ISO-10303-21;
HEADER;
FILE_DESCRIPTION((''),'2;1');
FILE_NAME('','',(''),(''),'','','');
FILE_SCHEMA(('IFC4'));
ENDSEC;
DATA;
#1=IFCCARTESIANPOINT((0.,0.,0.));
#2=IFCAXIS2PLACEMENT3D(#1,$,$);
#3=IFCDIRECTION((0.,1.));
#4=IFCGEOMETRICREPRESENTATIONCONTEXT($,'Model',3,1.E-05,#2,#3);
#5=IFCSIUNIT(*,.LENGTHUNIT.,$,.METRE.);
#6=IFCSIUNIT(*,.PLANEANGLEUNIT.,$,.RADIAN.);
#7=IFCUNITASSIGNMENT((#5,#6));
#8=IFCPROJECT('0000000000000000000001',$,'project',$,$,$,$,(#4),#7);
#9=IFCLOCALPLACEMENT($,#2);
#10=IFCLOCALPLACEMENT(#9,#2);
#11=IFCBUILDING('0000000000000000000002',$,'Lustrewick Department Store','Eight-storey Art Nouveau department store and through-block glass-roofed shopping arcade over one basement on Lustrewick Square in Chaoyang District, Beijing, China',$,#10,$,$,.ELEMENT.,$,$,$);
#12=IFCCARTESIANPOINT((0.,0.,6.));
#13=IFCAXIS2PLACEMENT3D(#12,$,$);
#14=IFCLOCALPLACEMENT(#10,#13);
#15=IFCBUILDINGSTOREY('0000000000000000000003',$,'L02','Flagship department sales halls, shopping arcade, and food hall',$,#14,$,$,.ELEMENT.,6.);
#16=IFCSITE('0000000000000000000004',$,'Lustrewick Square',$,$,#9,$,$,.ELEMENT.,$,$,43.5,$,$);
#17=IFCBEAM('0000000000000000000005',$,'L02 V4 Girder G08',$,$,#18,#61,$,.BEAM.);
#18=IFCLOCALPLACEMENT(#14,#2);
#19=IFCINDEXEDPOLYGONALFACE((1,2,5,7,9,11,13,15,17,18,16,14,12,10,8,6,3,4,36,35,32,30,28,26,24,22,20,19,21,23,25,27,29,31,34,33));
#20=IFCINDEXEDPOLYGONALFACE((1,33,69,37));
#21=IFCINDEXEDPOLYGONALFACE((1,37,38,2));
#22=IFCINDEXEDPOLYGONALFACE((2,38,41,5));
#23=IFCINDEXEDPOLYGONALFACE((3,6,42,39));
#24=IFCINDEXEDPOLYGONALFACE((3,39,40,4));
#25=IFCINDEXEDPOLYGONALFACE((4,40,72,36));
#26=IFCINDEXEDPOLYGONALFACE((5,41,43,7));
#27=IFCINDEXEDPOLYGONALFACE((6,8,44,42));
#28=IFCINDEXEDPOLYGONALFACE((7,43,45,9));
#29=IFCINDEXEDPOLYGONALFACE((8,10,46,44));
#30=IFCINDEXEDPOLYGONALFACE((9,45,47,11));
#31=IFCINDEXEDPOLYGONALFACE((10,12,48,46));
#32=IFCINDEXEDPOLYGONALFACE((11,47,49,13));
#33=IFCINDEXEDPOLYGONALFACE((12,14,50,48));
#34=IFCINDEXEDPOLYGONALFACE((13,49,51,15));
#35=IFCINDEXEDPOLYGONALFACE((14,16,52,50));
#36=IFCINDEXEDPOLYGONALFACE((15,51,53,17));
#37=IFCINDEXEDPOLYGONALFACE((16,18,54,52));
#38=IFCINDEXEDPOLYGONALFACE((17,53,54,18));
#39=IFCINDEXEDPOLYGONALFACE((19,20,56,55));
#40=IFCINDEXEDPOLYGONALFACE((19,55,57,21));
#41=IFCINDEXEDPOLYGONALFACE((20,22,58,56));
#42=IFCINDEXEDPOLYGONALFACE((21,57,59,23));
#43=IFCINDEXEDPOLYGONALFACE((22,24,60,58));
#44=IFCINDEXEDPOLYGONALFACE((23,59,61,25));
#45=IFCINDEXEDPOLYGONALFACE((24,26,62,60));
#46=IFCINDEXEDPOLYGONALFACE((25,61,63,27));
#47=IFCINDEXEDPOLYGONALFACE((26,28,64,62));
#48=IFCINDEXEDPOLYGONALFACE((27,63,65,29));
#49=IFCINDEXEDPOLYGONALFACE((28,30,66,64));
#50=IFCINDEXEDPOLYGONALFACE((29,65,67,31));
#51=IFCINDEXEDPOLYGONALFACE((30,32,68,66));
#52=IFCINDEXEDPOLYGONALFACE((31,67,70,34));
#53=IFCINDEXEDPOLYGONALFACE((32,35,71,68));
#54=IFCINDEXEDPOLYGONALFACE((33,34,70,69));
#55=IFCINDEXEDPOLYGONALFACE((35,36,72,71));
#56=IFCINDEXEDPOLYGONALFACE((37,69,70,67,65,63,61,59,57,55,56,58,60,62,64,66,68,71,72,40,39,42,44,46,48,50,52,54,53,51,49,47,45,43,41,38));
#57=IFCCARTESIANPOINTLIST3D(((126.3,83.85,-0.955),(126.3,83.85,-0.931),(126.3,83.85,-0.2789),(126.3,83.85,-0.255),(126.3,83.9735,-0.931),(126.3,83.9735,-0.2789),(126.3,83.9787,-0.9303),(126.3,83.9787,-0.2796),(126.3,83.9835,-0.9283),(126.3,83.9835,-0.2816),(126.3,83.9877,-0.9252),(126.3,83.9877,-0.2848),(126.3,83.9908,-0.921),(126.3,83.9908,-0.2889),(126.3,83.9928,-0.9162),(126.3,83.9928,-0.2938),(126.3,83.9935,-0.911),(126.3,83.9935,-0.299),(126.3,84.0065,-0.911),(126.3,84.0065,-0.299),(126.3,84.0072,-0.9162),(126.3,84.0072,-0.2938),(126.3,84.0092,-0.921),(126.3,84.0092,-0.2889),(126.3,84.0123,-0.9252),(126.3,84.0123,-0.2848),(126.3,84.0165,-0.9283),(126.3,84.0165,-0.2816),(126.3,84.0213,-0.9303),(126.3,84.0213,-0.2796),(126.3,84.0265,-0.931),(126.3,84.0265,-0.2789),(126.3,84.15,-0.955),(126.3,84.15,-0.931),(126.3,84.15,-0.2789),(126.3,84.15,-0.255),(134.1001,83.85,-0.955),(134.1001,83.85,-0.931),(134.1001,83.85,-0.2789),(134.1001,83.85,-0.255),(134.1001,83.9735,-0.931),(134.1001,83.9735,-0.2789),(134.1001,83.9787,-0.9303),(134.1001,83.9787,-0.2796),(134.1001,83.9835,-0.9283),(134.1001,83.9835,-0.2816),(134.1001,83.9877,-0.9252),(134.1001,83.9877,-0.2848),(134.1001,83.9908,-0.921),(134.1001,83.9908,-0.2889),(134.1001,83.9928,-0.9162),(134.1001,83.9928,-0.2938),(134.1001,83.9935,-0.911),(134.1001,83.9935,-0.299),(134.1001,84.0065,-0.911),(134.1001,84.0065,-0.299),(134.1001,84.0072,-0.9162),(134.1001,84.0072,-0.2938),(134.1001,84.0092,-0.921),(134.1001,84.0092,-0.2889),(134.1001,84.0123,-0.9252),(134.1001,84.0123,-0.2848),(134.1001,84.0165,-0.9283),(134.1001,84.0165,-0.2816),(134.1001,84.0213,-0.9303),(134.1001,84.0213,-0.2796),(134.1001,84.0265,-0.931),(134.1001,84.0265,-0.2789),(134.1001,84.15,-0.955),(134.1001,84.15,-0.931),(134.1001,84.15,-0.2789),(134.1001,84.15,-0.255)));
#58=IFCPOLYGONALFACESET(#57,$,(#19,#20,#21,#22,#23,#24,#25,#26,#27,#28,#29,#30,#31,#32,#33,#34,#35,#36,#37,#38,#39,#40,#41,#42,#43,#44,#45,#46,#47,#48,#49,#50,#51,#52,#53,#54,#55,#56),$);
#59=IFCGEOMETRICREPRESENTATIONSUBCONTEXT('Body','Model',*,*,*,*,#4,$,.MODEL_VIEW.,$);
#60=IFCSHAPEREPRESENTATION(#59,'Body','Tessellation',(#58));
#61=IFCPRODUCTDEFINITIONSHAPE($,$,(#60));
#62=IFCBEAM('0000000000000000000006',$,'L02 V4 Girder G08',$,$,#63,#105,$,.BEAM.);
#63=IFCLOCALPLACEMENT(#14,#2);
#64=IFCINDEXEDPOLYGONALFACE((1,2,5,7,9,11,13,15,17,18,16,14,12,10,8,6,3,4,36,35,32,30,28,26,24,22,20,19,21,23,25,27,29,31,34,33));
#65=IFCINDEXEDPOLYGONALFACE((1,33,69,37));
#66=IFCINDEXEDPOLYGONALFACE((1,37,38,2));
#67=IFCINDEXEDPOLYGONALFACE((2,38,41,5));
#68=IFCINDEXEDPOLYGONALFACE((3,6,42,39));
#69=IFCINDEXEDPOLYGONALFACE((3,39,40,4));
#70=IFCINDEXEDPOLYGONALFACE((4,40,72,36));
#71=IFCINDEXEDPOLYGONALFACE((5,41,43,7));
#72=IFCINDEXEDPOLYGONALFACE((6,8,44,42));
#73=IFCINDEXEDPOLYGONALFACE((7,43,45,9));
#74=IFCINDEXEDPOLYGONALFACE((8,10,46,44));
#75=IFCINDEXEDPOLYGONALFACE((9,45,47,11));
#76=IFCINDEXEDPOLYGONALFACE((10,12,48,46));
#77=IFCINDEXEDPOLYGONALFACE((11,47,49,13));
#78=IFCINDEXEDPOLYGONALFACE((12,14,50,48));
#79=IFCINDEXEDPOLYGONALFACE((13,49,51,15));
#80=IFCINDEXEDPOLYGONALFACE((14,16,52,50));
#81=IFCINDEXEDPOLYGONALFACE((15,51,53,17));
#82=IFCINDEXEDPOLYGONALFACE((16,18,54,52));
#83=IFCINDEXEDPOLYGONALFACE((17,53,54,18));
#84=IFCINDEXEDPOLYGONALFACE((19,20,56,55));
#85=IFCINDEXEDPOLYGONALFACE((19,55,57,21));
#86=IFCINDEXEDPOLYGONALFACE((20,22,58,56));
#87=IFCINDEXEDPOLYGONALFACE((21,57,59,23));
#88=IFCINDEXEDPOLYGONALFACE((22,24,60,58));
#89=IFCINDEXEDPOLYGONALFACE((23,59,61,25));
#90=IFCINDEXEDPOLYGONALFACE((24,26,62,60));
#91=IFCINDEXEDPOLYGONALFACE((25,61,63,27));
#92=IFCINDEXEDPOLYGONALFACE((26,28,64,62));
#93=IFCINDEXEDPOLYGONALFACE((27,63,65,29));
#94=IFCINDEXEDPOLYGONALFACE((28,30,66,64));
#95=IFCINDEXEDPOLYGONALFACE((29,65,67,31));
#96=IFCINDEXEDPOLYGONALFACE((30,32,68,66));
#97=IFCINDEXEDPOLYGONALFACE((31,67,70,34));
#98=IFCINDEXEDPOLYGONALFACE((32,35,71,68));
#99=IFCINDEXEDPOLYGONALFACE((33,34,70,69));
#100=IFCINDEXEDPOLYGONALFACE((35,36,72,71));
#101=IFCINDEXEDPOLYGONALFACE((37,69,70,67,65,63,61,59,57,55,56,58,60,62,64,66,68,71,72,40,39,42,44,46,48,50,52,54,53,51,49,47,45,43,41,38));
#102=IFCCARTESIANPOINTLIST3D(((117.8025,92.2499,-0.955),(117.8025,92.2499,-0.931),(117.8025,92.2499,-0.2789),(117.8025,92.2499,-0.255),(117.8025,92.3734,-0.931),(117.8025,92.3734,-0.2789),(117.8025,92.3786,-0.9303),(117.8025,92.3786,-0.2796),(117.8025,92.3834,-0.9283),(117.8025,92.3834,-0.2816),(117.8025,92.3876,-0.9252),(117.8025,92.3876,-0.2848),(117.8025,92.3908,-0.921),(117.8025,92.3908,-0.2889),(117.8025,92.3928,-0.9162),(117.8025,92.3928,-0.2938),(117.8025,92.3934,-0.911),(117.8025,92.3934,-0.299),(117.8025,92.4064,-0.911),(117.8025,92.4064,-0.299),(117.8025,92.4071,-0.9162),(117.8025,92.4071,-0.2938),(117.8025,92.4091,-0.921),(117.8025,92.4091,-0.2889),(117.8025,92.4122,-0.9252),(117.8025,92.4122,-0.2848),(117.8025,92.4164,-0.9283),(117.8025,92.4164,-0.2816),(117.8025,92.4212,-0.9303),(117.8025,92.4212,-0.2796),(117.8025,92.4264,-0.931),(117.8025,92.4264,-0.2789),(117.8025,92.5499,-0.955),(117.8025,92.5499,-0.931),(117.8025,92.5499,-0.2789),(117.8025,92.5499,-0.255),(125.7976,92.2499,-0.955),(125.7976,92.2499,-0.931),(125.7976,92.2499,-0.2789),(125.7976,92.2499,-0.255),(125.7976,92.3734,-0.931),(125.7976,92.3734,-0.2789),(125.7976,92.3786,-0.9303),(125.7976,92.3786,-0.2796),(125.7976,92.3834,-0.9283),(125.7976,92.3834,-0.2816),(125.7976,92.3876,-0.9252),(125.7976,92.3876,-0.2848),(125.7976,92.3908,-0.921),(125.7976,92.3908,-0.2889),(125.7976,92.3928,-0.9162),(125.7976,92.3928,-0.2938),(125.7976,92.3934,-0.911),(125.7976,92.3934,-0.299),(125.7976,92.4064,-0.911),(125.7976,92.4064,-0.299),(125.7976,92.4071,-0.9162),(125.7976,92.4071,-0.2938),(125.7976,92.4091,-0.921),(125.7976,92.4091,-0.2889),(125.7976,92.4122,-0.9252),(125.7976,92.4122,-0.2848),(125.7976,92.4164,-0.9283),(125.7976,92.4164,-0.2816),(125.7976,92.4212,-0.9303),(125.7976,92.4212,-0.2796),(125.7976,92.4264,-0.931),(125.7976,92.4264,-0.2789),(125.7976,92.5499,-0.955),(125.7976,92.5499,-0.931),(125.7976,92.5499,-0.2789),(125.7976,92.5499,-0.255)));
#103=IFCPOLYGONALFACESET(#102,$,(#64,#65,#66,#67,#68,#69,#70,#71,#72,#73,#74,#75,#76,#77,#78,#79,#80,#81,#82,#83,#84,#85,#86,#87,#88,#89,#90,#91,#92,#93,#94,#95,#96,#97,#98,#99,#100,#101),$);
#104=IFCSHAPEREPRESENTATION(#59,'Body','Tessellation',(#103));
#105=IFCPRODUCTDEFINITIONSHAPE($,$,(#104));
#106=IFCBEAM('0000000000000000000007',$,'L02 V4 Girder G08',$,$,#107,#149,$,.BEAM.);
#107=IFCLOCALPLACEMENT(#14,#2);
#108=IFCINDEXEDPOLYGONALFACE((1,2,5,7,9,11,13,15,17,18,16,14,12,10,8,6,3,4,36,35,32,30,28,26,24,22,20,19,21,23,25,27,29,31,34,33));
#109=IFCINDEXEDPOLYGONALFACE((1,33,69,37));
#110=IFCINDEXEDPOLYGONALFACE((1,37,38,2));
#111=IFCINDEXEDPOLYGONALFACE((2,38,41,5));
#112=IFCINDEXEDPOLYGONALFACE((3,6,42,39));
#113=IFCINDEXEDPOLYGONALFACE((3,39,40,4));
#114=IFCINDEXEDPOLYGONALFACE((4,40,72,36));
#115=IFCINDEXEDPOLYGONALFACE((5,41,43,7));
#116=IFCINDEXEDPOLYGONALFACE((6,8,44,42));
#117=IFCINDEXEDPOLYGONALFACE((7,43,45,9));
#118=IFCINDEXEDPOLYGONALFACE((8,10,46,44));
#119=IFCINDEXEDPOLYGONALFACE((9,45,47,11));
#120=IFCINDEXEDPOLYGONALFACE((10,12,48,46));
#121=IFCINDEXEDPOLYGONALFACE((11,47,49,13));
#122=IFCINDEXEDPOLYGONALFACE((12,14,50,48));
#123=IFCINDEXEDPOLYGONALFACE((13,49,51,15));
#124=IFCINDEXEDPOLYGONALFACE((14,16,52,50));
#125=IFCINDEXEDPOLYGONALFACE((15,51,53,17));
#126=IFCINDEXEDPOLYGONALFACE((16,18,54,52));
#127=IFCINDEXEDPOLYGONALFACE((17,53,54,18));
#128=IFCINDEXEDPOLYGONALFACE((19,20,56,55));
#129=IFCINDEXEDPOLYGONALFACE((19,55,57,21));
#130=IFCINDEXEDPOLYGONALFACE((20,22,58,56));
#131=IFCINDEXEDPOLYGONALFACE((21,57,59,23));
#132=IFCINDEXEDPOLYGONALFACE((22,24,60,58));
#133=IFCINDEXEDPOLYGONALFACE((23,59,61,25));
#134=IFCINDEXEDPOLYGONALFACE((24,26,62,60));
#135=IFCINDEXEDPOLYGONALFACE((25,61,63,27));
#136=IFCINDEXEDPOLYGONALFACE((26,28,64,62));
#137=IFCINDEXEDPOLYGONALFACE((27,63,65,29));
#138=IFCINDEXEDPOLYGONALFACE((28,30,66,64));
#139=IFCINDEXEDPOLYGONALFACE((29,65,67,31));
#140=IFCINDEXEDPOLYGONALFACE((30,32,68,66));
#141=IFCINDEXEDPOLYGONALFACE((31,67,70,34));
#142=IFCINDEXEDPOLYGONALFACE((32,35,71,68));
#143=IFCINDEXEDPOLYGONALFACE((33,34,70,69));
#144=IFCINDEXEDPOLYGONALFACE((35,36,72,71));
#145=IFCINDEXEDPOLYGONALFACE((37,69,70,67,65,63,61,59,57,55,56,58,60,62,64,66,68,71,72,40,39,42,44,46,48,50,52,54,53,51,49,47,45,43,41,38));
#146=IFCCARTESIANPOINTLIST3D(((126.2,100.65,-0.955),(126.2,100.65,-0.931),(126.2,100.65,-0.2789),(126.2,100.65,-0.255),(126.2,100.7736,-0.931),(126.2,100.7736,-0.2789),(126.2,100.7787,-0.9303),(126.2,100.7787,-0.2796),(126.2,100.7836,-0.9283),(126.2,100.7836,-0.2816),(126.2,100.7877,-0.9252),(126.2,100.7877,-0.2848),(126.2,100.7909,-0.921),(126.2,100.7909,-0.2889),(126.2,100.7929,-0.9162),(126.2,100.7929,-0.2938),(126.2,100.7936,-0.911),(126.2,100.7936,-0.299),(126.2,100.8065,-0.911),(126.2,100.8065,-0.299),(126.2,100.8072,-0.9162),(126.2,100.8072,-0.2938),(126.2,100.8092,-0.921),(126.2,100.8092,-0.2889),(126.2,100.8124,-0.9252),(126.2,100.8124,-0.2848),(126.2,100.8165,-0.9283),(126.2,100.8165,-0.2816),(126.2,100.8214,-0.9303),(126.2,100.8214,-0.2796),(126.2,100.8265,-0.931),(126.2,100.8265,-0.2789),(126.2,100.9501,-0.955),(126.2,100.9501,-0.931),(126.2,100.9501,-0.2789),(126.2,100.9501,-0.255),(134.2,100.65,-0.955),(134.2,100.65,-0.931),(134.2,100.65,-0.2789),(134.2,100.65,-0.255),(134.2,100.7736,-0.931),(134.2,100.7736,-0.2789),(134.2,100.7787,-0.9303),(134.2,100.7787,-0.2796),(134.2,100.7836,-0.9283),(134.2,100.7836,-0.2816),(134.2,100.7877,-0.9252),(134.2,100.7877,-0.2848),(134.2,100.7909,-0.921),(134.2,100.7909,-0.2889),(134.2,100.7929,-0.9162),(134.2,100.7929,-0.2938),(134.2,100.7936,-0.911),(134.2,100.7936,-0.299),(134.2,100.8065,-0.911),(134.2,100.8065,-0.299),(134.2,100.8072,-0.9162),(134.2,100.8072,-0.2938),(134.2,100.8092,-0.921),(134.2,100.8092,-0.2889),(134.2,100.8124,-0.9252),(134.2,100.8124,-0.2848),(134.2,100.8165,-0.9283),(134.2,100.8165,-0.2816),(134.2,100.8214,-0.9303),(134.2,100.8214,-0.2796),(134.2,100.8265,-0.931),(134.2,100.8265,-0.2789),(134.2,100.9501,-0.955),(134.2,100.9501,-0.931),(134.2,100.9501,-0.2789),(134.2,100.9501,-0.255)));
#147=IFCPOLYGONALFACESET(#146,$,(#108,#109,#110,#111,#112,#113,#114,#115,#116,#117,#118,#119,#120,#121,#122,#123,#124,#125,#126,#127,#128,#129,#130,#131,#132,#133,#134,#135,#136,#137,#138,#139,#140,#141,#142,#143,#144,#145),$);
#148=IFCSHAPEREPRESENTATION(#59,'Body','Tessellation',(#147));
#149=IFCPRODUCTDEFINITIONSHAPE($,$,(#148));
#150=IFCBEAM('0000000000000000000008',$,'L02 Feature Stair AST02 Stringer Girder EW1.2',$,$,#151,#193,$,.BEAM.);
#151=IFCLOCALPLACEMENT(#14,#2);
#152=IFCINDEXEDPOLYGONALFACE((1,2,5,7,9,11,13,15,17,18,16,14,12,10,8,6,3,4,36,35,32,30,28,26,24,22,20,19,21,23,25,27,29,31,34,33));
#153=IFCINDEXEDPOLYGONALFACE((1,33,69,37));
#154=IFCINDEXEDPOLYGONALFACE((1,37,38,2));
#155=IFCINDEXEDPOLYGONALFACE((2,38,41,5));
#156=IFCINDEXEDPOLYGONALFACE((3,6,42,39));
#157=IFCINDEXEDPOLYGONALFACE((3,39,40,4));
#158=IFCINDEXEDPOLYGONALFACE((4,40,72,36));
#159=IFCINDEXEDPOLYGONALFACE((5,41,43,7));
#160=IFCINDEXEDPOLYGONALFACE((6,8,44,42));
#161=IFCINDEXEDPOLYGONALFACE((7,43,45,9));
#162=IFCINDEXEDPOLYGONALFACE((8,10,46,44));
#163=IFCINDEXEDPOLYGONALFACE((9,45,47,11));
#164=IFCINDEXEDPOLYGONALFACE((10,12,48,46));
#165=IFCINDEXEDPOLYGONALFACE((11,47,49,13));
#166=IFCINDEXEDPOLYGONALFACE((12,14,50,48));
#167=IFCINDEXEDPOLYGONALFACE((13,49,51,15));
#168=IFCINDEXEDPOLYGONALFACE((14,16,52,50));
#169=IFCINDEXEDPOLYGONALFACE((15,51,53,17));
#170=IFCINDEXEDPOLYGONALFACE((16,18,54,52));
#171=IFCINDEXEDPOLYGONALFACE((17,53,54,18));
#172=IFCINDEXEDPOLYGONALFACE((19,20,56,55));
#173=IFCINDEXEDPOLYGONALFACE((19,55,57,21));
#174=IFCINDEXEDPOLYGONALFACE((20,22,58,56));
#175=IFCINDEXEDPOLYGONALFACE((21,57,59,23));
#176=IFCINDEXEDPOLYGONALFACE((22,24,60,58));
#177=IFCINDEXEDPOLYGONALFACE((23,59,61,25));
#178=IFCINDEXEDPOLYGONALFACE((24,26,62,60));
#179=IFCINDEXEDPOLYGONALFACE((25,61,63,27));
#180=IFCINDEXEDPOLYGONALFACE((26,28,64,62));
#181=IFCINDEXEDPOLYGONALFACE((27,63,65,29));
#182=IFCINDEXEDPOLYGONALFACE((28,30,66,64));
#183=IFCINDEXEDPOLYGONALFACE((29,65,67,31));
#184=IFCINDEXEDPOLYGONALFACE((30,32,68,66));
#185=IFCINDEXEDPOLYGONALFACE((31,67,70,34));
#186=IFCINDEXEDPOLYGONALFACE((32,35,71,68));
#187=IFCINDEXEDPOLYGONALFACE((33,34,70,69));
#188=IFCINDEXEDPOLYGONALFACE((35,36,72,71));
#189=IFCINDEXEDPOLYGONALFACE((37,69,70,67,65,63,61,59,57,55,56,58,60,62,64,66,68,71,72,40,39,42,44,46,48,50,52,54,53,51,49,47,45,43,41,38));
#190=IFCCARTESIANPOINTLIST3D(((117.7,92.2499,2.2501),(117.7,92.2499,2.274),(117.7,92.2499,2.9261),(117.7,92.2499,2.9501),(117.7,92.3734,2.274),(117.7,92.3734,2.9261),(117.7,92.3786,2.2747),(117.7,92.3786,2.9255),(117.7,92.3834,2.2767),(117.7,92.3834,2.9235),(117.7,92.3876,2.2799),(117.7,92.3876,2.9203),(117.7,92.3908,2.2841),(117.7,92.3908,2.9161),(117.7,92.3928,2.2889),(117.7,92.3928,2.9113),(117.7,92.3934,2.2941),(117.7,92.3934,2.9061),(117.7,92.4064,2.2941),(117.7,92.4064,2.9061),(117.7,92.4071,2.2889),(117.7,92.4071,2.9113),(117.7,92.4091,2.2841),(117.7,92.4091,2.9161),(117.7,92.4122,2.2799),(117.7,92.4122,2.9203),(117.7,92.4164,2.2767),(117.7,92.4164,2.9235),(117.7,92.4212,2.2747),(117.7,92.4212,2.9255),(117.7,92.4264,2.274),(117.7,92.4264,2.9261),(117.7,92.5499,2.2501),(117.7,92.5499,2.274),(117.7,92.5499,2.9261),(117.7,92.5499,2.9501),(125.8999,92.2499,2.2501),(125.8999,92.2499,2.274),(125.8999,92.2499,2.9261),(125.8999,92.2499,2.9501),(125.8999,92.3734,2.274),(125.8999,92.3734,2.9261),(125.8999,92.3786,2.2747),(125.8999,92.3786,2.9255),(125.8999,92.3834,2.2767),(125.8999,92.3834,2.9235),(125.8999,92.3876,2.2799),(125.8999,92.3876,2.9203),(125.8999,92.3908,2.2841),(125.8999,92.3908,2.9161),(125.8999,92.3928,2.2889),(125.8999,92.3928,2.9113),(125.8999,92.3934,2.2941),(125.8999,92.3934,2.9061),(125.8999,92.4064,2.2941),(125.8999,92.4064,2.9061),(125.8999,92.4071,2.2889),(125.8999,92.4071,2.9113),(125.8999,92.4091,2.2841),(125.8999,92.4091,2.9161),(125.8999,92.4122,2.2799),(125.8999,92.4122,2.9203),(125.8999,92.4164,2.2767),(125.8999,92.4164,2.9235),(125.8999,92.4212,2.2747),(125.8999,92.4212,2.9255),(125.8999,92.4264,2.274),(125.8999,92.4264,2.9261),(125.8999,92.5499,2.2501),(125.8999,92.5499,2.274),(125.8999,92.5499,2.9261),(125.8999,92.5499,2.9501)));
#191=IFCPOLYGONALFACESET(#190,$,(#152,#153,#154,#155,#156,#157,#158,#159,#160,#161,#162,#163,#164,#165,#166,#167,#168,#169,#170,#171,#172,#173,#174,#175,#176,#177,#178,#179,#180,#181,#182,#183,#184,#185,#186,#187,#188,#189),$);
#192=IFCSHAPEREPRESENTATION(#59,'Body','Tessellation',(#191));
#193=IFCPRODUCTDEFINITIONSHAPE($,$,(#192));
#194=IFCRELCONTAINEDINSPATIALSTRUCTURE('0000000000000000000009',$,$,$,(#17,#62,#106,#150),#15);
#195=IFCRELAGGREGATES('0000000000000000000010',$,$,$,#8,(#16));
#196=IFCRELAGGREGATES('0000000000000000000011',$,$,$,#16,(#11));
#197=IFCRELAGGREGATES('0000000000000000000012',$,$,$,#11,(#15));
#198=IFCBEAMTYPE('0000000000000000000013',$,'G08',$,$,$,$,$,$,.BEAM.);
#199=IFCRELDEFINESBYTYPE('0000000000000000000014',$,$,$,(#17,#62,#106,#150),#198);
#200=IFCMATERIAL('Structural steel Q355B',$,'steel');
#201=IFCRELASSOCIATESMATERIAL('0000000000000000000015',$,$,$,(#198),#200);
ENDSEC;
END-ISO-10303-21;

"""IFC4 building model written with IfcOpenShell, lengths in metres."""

from ifc_helpers import new_model, si_unit, direction, frame, origin, origin_2d, place, context, subcontext, project, spatial, i_section, extrude, material, material_profile, profile_set, type_object, element, save


model = new_model("IFC4")

# Units and contexts
model_context = context("Model", 3, precision=1e-05, world=origin(), true_north=direction((0.0, 1.0)))
body_context = subcontext(model_context, "Body", "Model", "MODEL_VIEW")
ifc_project = project(units=[si_unit("LENGTHUNIT", "METRE"), si_unit("PLANEANGLEUNIT", "RADIAN")], contexts=[model_context])

# Site, building, storey
site_placement = place(None, origin())
site = spatial("IfcSite", under=ifc_project, at=site_placement, Name="Lustrewick Square", CompositionType="ELEMENT", RefElevation=43.5)
building_placement = place(site_placement, origin())
building = spatial("IfcBuilding", under=site, at=building_placement, Name="Lustrewick Department Store", Description="Eight-storey Art Nouveau department store and through-block glass-roofed shopping arcade over one basement on Lustrewick Square in Chaoyang District, Beijing, China", CompositionType="ELEMENT")
storey_placement = place(building_placement, frame((0.0, 0.0, 6.0)))
storey = spatial("IfcBuildingStorey", under=building, at=storey_placement, Name="L02", Description="Flagship department sales halls, shopping arcade, and food hall", CompositionType="ELEMENT", Elevation=6.0)

# Shared definitions
ifc_material_1 = material(Name="Structural steel Q355B", Category="steel")

# Beams
ifc_material_profile_1 = material_profile(ifc_material_1, i_section(OverallWidth=0.3, OverallDepth=0.7, WebThickness=0.0129, FlangeThickness=0.0239, FilletRadius=0.02, at=origin_2d()), Name="HN 700x300x13x24")
ifc_profile_set_1 = profile_set([ifc_material_profile_1], Name="Structural steel Q355B")
beam_type_1 = type_object("IfcBeamType", Name="G08", PredefinedType="BEAM", material=ifc_profile_set_1)
beam_1_placement = place(storey_placement, frame((126.3, 84.0, -0.605), z_axis=(1.0, 0.0, 0.0), x_axis=(0.0, 1.0, 0.0)))
element("IfcBeam", 1, at=beam_1_placement, inside=storey, type_object=beam_type_1, Name="L02 V4 Girder G08", PredefinedType="BEAM", context=body_context, shape_type="SweptSolid", body=[
    extrude(i_section(OverallWidth=0.3, OverallDepth=0.7, WebThickness=0.0129, FlangeThickness=0.0239, FilletRadius=0.02, at=origin_2d()), origin(), (0.0, 0.0, 1.0), 7.8),
])
beam_2_placement = place(storey_placement, frame((117.8025, 92.3999, -0.605), z_axis=(1.0, 0.0, 0.0), x_axis=(0.0, 1.0, 0.0)))
element("IfcBeam", 2, at=beam_2_placement, inside=storey, type_object=beam_type_1, Name="L02 V4 Girder G08", PredefinedType="BEAM", context=body_context, shape_type="SweptSolid", body=[
    extrude(i_section(OverallWidth=0.3, OverallDepth=0.7, WebThickness=0.0129, FlangeThickness=0.0239, FilletRadius=0.02, at=origin_2d()), origin(), (0.0, 0.0, 1.0), 7.9951),
])
beam_3_placement = place(storey_placement, frame((126.2, 100.8, -0.605), z_axis=(1.0, 0.0, 0.0), x_axis=(0.0, 1.0, 0.0)))
element("IfcBeam", 3, at=beam_3_placement, inside=storey, type_object=beam_type_1, Name="L02 V4 Girder G08", PredefinedType="BEAM", context=body_context, shape_type="SweptSolid", body=[
    extrude(i_section(OverallWidth=0.3, OverallDepth=0.7, WebThickness=0.0129, FlangeThickness=0.0239, FilletRadius=0.02, at=origin_2d()), origin(), (0.0, 0.0, 1.0), 8.0),
])
for number, where, z_axis, x_axis, name in (
    (4, (117.7, 92.3999, 2.6001), (1.0, 0.0, 0.0), (0.0, 1.0, 0.0), "L02 Feature Stair AST02 Stringer Girder EW1.2"),
):
    element("IfcBeam", number, at=place(storey_placement, frame(where, z_axis=z_axis, x_axis=x_axis)), inside=storey, type_object=beam_type_1, Name=name, PredefinedType="BEAM", context=body_context, shape_type="SweptSolid", body=[
        extrude(i_section(OverallWidth=0.3, OverallDepth=0.7, WebThickness=0.0129, FlangeThickness=0.0239, FilletRadius=0.02, at=origin_2d()), origin(), (0.0, 0.0, 1.0), 8.2),
    ])

save(model, "model.ifc")
